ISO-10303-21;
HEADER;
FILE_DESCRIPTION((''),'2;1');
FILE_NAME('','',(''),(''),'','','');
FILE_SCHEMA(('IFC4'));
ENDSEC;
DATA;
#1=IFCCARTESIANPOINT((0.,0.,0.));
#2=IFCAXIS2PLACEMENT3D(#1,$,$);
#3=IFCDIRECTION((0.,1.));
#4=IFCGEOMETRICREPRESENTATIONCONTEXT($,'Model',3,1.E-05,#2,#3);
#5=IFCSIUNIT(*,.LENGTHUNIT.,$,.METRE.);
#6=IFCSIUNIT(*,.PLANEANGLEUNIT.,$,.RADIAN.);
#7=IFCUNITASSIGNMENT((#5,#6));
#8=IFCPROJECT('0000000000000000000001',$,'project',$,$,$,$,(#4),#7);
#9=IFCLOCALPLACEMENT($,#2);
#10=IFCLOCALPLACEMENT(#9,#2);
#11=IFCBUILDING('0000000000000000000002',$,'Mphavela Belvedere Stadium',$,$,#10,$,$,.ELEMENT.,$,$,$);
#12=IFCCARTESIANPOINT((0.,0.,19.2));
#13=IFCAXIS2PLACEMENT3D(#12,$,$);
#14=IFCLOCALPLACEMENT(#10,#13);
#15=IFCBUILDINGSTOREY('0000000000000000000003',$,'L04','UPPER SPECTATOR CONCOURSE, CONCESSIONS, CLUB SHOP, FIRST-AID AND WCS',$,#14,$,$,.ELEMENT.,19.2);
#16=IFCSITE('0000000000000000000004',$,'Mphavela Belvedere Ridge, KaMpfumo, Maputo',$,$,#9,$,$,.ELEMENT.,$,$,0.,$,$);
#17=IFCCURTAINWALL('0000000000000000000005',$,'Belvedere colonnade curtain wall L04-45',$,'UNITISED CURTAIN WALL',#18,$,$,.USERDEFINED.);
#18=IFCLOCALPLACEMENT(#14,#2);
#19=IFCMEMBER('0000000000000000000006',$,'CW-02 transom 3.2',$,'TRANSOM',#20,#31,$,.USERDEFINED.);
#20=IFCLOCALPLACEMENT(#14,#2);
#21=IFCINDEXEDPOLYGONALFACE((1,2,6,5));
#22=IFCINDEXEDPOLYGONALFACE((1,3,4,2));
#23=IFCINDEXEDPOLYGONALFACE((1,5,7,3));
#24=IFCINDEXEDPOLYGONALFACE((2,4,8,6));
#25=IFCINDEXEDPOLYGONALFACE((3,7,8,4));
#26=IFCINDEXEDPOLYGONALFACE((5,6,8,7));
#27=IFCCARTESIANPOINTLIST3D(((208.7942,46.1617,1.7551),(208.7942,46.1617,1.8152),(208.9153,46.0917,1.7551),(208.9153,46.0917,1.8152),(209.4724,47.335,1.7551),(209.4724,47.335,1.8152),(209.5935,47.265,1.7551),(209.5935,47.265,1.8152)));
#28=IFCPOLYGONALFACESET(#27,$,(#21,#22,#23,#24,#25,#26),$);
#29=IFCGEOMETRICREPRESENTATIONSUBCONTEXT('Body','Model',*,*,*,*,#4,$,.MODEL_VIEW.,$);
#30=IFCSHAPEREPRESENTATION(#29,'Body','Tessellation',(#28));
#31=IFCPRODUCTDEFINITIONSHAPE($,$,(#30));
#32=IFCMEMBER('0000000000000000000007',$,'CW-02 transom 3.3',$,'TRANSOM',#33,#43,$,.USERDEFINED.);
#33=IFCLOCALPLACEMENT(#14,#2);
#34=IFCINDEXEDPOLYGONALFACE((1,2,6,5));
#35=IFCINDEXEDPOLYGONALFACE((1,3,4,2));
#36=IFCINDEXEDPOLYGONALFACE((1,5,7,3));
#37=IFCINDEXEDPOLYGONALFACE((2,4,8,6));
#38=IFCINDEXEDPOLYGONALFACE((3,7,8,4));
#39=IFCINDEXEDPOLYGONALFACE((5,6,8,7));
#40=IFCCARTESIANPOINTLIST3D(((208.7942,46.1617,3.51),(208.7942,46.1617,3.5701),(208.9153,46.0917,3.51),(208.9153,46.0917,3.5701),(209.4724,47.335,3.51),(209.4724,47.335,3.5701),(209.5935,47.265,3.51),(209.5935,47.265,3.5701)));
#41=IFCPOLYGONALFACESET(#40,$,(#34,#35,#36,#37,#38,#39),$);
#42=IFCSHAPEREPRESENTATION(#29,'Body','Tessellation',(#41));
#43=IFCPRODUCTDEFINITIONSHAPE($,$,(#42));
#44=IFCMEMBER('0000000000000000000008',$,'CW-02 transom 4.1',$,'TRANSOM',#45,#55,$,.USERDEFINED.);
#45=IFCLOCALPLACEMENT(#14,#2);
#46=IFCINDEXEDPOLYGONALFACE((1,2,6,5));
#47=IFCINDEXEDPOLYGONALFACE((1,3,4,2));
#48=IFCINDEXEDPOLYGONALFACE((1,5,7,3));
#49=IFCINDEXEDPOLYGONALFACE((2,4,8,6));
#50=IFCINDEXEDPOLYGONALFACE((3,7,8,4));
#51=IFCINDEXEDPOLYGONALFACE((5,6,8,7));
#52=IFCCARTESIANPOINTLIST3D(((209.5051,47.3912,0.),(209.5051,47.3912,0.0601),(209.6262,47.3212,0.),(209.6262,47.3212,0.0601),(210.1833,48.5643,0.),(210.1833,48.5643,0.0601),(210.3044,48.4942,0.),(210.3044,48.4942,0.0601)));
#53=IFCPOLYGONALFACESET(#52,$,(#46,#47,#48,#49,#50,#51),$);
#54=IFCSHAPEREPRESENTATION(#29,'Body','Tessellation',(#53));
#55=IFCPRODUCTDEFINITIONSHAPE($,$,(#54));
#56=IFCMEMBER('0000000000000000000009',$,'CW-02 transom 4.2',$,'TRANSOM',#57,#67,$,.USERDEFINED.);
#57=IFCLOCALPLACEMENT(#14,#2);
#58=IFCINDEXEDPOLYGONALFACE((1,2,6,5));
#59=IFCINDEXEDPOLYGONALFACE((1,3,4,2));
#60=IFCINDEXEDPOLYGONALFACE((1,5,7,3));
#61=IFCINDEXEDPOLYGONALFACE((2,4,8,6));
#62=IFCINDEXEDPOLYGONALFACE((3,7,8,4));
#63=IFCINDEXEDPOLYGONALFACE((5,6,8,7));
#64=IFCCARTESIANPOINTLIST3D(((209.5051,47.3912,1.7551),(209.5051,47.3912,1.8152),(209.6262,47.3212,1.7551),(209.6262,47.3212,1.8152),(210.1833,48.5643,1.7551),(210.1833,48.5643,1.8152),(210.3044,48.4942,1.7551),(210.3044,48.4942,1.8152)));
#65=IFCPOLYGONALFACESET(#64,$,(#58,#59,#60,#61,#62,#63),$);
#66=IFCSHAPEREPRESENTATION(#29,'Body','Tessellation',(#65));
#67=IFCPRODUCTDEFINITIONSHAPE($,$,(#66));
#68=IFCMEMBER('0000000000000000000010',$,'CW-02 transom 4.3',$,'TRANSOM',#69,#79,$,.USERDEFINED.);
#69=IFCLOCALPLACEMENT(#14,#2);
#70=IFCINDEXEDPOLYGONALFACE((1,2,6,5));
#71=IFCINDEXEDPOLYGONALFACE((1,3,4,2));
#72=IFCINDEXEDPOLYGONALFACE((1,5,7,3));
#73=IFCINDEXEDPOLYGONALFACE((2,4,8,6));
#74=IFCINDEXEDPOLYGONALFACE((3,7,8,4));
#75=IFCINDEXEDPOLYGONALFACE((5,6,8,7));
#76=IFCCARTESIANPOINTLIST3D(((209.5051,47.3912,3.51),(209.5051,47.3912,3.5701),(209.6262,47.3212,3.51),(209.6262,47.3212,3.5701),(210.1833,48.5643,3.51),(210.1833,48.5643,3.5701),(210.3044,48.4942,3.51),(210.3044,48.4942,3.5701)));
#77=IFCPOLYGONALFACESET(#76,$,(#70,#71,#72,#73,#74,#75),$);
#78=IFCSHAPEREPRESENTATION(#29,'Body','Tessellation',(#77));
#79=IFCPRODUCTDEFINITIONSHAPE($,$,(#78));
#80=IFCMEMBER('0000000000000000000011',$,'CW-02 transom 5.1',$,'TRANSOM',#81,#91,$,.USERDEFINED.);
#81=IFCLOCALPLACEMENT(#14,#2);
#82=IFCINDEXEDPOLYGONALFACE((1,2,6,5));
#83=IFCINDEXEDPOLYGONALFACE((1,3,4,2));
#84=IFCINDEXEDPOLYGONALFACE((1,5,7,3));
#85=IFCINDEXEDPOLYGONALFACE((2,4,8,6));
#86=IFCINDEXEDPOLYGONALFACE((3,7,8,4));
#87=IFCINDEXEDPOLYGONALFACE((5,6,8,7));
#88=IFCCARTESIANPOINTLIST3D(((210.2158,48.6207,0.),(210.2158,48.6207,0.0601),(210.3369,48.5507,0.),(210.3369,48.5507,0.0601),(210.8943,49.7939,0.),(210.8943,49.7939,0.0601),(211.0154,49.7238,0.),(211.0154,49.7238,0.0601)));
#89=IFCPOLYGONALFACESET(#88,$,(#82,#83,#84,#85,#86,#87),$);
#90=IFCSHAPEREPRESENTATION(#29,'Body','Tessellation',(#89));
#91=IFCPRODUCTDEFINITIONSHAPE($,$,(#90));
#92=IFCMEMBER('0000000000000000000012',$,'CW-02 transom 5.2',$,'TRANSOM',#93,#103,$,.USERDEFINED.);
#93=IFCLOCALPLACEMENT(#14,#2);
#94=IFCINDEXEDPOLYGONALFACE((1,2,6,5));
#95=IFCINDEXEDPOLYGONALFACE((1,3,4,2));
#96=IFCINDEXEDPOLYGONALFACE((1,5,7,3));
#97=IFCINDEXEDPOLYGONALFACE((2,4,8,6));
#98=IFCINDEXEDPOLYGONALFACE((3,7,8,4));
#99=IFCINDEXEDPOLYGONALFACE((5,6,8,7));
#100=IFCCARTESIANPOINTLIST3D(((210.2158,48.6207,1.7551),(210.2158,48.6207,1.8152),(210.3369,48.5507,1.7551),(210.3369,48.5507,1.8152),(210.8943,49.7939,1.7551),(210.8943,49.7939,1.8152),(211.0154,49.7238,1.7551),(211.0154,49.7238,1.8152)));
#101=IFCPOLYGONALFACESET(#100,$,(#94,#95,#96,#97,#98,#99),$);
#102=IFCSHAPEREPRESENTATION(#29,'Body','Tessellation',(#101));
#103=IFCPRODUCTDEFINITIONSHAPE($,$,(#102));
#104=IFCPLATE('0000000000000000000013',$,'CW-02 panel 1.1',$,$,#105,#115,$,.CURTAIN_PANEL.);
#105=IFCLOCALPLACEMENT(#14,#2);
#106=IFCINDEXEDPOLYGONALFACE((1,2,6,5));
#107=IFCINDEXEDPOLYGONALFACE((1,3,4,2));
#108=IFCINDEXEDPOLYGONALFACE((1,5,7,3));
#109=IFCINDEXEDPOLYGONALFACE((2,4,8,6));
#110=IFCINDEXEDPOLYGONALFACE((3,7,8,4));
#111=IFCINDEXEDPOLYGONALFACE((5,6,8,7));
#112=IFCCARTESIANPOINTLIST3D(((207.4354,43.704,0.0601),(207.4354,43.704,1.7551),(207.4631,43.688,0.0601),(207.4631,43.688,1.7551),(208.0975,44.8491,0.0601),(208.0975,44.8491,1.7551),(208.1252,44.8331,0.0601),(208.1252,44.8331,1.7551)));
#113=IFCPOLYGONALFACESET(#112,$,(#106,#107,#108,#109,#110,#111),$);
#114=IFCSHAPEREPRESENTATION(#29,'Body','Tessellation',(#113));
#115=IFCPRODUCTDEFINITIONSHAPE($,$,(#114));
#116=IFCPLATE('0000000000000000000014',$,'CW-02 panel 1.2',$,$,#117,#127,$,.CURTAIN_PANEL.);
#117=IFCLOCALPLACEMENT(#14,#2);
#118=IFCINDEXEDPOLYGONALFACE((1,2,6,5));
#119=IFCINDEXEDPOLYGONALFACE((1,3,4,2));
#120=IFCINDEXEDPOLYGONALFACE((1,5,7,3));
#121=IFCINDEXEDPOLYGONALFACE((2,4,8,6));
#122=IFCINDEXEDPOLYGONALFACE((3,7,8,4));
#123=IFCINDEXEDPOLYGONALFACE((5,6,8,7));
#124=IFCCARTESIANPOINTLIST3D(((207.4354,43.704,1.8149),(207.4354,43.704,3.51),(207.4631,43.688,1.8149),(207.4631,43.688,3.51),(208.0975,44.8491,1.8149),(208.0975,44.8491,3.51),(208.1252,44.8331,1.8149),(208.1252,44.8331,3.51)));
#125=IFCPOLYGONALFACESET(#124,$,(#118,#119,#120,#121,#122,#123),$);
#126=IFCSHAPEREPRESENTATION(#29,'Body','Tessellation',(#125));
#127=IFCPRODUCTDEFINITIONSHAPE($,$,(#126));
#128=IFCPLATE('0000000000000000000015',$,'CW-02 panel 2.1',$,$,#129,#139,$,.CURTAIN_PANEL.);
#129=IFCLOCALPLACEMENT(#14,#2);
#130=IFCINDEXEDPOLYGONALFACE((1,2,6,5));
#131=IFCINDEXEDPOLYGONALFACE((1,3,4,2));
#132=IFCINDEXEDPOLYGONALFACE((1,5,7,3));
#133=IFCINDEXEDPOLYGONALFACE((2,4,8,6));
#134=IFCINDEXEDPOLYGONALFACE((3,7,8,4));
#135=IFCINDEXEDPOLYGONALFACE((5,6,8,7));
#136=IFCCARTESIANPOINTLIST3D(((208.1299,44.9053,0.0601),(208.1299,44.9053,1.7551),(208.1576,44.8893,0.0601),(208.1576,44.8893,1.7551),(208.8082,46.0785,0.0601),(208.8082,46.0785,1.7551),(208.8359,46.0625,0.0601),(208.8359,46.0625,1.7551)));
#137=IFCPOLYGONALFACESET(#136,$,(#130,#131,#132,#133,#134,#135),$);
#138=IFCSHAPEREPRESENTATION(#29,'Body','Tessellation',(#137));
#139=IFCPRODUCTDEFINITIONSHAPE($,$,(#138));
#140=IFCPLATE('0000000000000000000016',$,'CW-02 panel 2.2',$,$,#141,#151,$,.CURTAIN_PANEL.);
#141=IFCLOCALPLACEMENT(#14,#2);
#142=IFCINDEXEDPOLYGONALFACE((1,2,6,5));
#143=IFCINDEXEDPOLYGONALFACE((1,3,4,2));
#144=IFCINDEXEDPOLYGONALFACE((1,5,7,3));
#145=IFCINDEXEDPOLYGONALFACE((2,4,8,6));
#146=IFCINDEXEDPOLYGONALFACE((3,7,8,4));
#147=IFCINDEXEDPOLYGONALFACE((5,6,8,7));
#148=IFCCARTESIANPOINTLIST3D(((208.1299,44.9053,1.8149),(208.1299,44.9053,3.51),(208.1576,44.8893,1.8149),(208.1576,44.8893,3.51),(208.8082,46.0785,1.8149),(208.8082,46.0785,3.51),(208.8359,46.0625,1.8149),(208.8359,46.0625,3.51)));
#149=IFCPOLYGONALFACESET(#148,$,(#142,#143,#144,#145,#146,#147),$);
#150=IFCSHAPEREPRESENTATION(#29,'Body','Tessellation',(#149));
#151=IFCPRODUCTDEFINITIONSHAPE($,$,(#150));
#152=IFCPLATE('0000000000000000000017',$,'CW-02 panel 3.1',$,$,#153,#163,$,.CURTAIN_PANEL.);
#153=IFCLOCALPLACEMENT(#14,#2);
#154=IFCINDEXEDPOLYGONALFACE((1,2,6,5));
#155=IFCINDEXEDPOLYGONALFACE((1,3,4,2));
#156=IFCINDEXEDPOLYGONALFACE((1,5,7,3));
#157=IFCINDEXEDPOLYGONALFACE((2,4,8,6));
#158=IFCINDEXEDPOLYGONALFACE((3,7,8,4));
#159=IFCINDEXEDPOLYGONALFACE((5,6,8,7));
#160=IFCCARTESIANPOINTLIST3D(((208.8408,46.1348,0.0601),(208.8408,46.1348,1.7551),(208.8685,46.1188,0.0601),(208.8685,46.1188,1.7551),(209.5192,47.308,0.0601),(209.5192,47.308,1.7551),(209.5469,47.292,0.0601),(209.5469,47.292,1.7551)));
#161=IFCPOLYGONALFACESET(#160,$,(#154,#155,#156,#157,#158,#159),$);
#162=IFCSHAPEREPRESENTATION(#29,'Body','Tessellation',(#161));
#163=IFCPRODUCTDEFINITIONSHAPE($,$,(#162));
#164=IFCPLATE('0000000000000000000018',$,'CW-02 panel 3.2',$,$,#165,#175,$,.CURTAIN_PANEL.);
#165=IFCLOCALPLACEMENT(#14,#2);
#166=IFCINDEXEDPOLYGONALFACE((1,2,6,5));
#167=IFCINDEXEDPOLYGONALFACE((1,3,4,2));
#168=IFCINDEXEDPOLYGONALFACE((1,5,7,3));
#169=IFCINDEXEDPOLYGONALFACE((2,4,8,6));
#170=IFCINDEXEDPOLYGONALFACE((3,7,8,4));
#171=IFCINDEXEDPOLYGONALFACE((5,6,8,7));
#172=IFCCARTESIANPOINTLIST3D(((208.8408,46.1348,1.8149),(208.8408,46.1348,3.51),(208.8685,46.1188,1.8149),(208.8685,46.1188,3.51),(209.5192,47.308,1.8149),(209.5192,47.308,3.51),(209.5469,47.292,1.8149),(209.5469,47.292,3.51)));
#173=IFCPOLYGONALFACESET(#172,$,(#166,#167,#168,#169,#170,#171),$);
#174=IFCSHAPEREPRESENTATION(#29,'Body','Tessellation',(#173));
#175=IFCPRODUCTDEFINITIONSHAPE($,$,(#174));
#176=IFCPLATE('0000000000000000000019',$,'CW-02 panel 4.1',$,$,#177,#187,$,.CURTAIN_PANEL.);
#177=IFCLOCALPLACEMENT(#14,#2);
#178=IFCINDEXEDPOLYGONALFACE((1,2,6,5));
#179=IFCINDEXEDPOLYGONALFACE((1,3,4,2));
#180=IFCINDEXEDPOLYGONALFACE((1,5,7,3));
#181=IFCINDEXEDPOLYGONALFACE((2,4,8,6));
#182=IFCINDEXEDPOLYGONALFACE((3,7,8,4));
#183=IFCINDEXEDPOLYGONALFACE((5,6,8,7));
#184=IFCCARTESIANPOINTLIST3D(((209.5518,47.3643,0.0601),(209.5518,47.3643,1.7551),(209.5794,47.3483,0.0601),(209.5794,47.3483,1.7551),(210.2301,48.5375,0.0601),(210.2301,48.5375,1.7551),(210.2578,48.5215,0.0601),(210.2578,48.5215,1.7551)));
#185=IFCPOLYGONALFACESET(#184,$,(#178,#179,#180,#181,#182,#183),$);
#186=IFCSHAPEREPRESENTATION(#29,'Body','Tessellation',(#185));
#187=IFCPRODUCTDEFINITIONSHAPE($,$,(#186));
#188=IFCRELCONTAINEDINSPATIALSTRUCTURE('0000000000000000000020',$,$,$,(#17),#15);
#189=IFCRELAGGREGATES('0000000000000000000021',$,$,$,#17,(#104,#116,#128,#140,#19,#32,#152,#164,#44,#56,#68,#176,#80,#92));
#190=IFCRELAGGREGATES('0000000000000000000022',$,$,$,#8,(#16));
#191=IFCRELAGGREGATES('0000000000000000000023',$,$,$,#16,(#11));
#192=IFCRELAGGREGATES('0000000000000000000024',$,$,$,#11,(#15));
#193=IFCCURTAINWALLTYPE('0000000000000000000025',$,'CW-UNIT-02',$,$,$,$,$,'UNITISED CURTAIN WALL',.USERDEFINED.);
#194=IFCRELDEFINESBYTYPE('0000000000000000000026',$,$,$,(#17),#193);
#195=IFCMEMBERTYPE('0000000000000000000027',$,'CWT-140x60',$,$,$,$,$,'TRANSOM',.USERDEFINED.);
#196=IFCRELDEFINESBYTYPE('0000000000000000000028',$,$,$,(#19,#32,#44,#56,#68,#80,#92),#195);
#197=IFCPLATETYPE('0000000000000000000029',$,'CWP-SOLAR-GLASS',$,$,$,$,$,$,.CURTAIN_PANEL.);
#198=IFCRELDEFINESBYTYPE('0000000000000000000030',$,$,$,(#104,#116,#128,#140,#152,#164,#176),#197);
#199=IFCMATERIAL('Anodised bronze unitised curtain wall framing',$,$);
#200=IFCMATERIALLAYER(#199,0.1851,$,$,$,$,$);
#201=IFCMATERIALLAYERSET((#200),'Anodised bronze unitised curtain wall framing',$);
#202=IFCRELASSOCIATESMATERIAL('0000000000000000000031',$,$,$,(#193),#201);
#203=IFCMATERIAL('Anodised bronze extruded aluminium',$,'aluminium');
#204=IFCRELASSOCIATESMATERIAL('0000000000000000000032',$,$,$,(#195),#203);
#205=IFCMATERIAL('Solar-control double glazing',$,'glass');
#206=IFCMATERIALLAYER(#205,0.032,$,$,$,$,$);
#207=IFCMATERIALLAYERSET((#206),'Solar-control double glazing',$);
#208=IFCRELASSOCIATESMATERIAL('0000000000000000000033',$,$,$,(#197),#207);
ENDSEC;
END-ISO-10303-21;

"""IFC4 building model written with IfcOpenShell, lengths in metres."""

from ifc_helpers import new_model, si_unit, direction, frame, origin, origin_2d, place, context, subcontext, project, spatial, rectangle, extrude, material, layer, layer_set, material_profile, profile_set, type_object, element, aggregate, save


model = new_model("IFC4")

# Units and contexts
model_context = context("Model", 3, precision=1e-05, world=origin(), true_north=direction((0.0, 1.0)))
body_context = subcontext(model_context, "Body", "Model", "MODEL_VIEW")
ifc_project = project(units=[si_unit("LENGTHUNIT", "METRE"), si_unit("PLANEANGLEUNIT", "RADIAN")], contexts=[model_context])

# Site, building, storey
site_placement = place(None, origin())
site = spatial("IfcSite", under=ifc_project, at=site_placement, Name="Mphavela Belvedere Ridge, KaMpfumo, Maputo", CompositionType="ELEMENT", RefElevation=0.0)
building_placement = place(site_placement, origin())
building = spatial("IfcBuilding", under=site, at=building_placement, Name="Mphavela Belvedere Stadium", CompositionType="ELEMENT")
storey_placement = place(building_placement, frame((0.0, 0.0, 19.2)))
storey = spatial("IfcBuildingStorey", under=building, at=storey_placement, Name="L04", Description="UPPER SPECTATOR CONCOURSE, CONCESSIONS, CLUB SHOP, FIRST-AID AND WCS", CompositionType="ELEMENT", Elevation=19.2)

# Curtain wall, members, plates
ifc_material_1 = material(Name="Anodised bronze unitised curtain wall framing")
ifc_layer_1 = layer(ifc_material_1, 0.1851)
ifc_layer_set_1 = layer_set([ifc_layer_1], Name="Anodised bronze unitised curtain wall framing")
curtain_wall_type = type_object("IfcCurtainWallType", Name="CW-UNIT-02", ElementType="UNITISED CURTAIN WALL", PredefinedType="USERDEFINED", material=ifc_layer_set_1)
curtain_wall_placement = place(storey_placement, origin())
curtain_wall = element("IfcCurtainWall", 1, at=curtain_wall_placement, inside=storey, type_object=curtain_wall_type, Name="Belvedere colonnade curtain wall L04-45", ObjectType="UNITISED CURTAIN WALL", PredefinedType="USERDEFINED")
ifc_material_2 = material(Name="Anodised bronze extruded aluminium", Category="aluminium")
ifc_material_profile_1 = material_profile(ifc_material_2, rectangle(XDim=0.1399, YDim=0.0601, at=origin_2d()), Name="CW-TRN 140x60")
ifc_profile_set_1 = profile_set([ifc_material_profile_1], Name="Anodised bronze extruded aluminium")
member_type_1 = type_object("IfcMemberType", Name="CWT-140x60", ElementType="TRANSOM", PredefinedType="USERDEFINED", material=ifc_profile_set_1)
member_1_placement = place(storey_placement, frame((208.8547, 46.1267, 1.7852), z_axis=(0.50044, 0.865771, 0.0), x_axis=(-0.865771, 0.50044, 0.0)))
member_1 = element("IfcMember", 2, at=member_1_placement, type_object=member_type_1, Name="CW-02 transom 3.2", ObjectType="TRANSOM", PredefinedType="USERDEFINED", context=body_context, shape_type="SweptSolid", body=[
    extrude(rectangle(XDim=0.1399, YDim=0.0601, at=origin_2d()), origin(), (0.0, 0.0, 1.0), 1.3552),
])
member_2_placement = place(storey_placement, frame((208.8547, 46.1267, 3.54), z_axis=(0.50044, 0.865771, 0.0), x_axis=(-0.865771, 0.50044, 0.0)))
member_2 = element("IfcMember", 3, at=member_2_placement, type_object=member_type_1, Name="CW-02 transom 3.3", ObjectType="TRANSOM", PredefinedType="USERDEFINED", context=body_context, shape_type="SweptSolid", body=[
    extrude(rectangle(XDim=0.1399, YDim=0.0601, at=origin_2d()), origin(), (0.0, 0.0, 1.0), 1.3552),
])
member_3_placement = place(storey_placement, frame((209.5657, 47.3562, 0.03), z_axis=(0.500518, 0.865726, 0.0), x_axis=(-0.865726, 0.500518, 0.0)))
member_3 = element("IfcMember", 4, at=member_3_placement, type_object=member_type_1, Name="CW-02 transom 4.1", ObjectType="TRANSOM", PredefinedType="USERDEFINED", context=body_context, shape_type="SweptSolid", body=[
    extrude(rectangle(XDim=0.1399, YDim=0.0601, at=origin_2d()), origin(), (0.0, 0.0, 1.0), 1.355),
])
member_4_placement = place(storey_placement, frame((209.5657, 47.3562, 1.7852), z_axis=(0.500518, 0.865726, 0.0), x_axis=(-0.865726, 0.500518, 0.0)))
member_4 = element("IfcMember", 5, at=member_4_placement, type_object=member_type_1, Name="CW-02 transom 4.2", ObjectType="TRANSOM", PredefinedType="USERDEFINED", context=body_context, shape_type="SweptSolid", body=[
    extrude(rectangle(XDim=0.1399, YDim=0.0601, at=origin_2d()), origin(), (0.0, 0.0, 1.0), 1.355),
])
member_5_placement = place(storey_placement, frame((209.5657, 47.3562, 3.54), z_axis=(0.500518, 0.865726, 0.0), x_axis=(-0.865726, 0.500518, 0.0)))
member_5 = element("IfcMember", 6, at=member_5_placement, type_object=member_type_1, Name="CW-02 transom 4.3", ObjectType="TRANSOM", PredefinedType="USERDEFINED", context=body_context, shape_type="SweptSolid", body=[
    extrude(rectangle(XDim=0.1399, YDim=0.0601, at=origin_2d()), origin(), (0.0, 0.0, 1.0), 1.355),
])
member_6_placement = place(storey_placement, frame((210.2764, 48.5857, 0.03), z_axis=(0.500653, 0.865648, 0.0), x_axis=(-0.865648, 0.500653, 0.0)))
member_6 = element("IfcMember", 7, at=member_6_placement, type_object=member_type_1, Name="CW-02 transom 5.1", ObjectType="TRANSOM", PredefinedType="USERDEFINED", context=body_context, shape_type="SweptSolid", body=[
    extrude(rectangle(XDim=0.1399, YDim=0.0601, at=origin_2d()), origin(), (0.0, 0.0, 1.0), 1.3552),
])
member_7_placement = place(storey_placement, frame((210.2764, 48.5857, 1.7852), z_axis=(0.500653, 0.865648, 0.0), x_axis=(-0.865648, 0.500653, 0.0)))
member_7 = element("IfcMember", 8, at=member_7_placement, type_object=member_type_1, Name="CW-02 transom 5.2", ObjectType="TRANSOM", PredefinedType="USERDEFINED", context=body_context, shape_type="SweptSolid", body=[
    extrude(rectangle(XDim=0.1399, YDim=0.0601, at=origin_2d()), origin(), (0.0, 0.0, 1.0), 1.3552),
])
ifc_material_3 = material(Name="Solar-control double glazing", Category="glass")
ifc_layer_2 = layer(ifc_material_3, 0.032)
ifc_layer_set_2 = layer_set([ifc_layer_2], Name="Solar-control double glazing")
plate_type = type_object("IfcPlateType", Name="CWP-SOLAR-GLASS", PredefinedType="CURTAIN_PANEL", material=ifc_layer_set_2)
plate_1_placement = place(storey_placement, frame((207.7803, 44.2686, 0.0601), z_axis=(0.0, 0.0, 1.0), x_axis=(0.500556, 0.865704, 0.0)))
plate_1 = element("IfcPlate", 9, at=plate_1_placement, type_object=plate_type, Name="CW-02 panel 1.1", PredefinedType="CURTAIN_PANEL", context=body_context, shape_type="SweptSolid", body=[
    extrude(rectangle(XDim=1.3228, YDim=0.032, at=origin_2d()), origin(), (0.0, 0.0, 1.0), 1.6951),
])
plate_2_placement = place(storey_placement, frame((207.7803, 44.2686, 1.8149), z_axis=(0.0, 0.0, 1.0), x_axis=(0.500556, 0.865704, 0.0)))
plate_2 = element("IfcPlate", 10, at=plate_2_placement, type_object=plate_type, Name="CW-02 panel 1.2", PredefinedType="CURTAIN_PANEL", context=body_context, shape_type="SweptSolid", body=[
    extrude(rectangle(XDim=1.3228, YDim=0.032, at=origin_2d()), origin(), (0.0, 0.0, 1.0), 1.6951),
])
plate_3_placement = place(storey_placement, frame((208.4829, 45.4839, 0.0601), z_axis=(0.0, 0.0, 1.0), x_axis=(0.500556, 0.865704, 0.0)))
plate_3 = element("IfcPlate", 11, at=plate_3_placement, type_object=plate_type, Name="CW-02 panel 2.1", PredefinedType="CURTAIN_PANEL", context=body_context, shape_type="SweptSolid", body=[
    extrude(rectangle(XDim=1.3552, YDim=0.032, at=origin_2d()), origin(), (0.0, 0.0, 1.0), 1.6951),
])
plate_4_placement = place(storey_placement, frame((208.4829, 45.4839, 1.8149), z_axis=(0.0, 0.0, 1.0), x_axis=(0.500556, 0.865704, 0.0)))
plate_4 = element("IfcPlate", 12, at=plate_4_placement, type_object=plate_type, Name="CW-02 panel 2.2", PredefinedType="CURTAIN_PANEL", context=body_context, shape_type="SweptSolid", body=[
    extrude(rectangle(XDim=1.3552, YDim=0.032, at=origin_2d()), origin(), (0.0, 0.0, 1.0), 1.6951),
])
plate_5_placement = place(storey_placement, frame((209.1938, 46.7134, 0.0601), z_axis=(0.0, 0.0, 1.0), x_axis=(0.500556, 0.865704, 0.0)))
plate_5 = element("IfcPlate", 13, at=plate_5_placement, type_object=plate_type, Name="CW-02 panel 3.1", PredefinedType="CURTAIN_PANEL", context=body_context, shape_type="SweptSolid", body=[
    extrude(rectangle(XDim=1.3552, YDim=0.032, at=origin_2d()), origin(), (0.0, 0.0, 1.0), 1.6951),
])
plate_6_placement = place(storey_placement, frame((209.1938, 46.7134, 1.8149), z_axis=(0.0, 0.0, 1.0), x_axis=(0.500556, 0.865704, 0.0)))
plate_6 = element("IfcPlate", 14, at=plate_6_placement, type_object=plate_type, Name="CW-02 panel 3.2", PredefinedType="CURTAIN_PANEL", context=body_context, shape_type="SweptSolid", body=[
    extrude(rectangle(XDim=1.3552, YDim=0.032, at=origin_2d()), origin(), (0.0, 0.0, 1.0), 1.6951),
])
plate_7_placement = place(storey_placement, frame((209.9048, 47.9429, 0.0601), z_axis=(0.0, 0.0, 1.0), x_axis=(0.500556, 0.865704, 0.0)))
plate_7 = element("IfcPlate", 15, at=plate_7_placement, type_object=plate_type, Name="CW-02 panel 4.1", PredefinedType="CURTAIN_PANEL", context=body_context, shape_type="SweptSolid", body=[
    extrude(rectangle(XDim=1.3552, YDim=0.032, at=origin_2d()), origin(), (0.0, 0.0, 1.0), 1.6951),
])
aggregate(curtain_wall, [plate_1, plate_2, plate_3, plate_4, member_1, member_2, plate_5, plate_6, member_3, member_4, member_5, plate_7, member_6, member_7])

save(model, "model.ifc")
